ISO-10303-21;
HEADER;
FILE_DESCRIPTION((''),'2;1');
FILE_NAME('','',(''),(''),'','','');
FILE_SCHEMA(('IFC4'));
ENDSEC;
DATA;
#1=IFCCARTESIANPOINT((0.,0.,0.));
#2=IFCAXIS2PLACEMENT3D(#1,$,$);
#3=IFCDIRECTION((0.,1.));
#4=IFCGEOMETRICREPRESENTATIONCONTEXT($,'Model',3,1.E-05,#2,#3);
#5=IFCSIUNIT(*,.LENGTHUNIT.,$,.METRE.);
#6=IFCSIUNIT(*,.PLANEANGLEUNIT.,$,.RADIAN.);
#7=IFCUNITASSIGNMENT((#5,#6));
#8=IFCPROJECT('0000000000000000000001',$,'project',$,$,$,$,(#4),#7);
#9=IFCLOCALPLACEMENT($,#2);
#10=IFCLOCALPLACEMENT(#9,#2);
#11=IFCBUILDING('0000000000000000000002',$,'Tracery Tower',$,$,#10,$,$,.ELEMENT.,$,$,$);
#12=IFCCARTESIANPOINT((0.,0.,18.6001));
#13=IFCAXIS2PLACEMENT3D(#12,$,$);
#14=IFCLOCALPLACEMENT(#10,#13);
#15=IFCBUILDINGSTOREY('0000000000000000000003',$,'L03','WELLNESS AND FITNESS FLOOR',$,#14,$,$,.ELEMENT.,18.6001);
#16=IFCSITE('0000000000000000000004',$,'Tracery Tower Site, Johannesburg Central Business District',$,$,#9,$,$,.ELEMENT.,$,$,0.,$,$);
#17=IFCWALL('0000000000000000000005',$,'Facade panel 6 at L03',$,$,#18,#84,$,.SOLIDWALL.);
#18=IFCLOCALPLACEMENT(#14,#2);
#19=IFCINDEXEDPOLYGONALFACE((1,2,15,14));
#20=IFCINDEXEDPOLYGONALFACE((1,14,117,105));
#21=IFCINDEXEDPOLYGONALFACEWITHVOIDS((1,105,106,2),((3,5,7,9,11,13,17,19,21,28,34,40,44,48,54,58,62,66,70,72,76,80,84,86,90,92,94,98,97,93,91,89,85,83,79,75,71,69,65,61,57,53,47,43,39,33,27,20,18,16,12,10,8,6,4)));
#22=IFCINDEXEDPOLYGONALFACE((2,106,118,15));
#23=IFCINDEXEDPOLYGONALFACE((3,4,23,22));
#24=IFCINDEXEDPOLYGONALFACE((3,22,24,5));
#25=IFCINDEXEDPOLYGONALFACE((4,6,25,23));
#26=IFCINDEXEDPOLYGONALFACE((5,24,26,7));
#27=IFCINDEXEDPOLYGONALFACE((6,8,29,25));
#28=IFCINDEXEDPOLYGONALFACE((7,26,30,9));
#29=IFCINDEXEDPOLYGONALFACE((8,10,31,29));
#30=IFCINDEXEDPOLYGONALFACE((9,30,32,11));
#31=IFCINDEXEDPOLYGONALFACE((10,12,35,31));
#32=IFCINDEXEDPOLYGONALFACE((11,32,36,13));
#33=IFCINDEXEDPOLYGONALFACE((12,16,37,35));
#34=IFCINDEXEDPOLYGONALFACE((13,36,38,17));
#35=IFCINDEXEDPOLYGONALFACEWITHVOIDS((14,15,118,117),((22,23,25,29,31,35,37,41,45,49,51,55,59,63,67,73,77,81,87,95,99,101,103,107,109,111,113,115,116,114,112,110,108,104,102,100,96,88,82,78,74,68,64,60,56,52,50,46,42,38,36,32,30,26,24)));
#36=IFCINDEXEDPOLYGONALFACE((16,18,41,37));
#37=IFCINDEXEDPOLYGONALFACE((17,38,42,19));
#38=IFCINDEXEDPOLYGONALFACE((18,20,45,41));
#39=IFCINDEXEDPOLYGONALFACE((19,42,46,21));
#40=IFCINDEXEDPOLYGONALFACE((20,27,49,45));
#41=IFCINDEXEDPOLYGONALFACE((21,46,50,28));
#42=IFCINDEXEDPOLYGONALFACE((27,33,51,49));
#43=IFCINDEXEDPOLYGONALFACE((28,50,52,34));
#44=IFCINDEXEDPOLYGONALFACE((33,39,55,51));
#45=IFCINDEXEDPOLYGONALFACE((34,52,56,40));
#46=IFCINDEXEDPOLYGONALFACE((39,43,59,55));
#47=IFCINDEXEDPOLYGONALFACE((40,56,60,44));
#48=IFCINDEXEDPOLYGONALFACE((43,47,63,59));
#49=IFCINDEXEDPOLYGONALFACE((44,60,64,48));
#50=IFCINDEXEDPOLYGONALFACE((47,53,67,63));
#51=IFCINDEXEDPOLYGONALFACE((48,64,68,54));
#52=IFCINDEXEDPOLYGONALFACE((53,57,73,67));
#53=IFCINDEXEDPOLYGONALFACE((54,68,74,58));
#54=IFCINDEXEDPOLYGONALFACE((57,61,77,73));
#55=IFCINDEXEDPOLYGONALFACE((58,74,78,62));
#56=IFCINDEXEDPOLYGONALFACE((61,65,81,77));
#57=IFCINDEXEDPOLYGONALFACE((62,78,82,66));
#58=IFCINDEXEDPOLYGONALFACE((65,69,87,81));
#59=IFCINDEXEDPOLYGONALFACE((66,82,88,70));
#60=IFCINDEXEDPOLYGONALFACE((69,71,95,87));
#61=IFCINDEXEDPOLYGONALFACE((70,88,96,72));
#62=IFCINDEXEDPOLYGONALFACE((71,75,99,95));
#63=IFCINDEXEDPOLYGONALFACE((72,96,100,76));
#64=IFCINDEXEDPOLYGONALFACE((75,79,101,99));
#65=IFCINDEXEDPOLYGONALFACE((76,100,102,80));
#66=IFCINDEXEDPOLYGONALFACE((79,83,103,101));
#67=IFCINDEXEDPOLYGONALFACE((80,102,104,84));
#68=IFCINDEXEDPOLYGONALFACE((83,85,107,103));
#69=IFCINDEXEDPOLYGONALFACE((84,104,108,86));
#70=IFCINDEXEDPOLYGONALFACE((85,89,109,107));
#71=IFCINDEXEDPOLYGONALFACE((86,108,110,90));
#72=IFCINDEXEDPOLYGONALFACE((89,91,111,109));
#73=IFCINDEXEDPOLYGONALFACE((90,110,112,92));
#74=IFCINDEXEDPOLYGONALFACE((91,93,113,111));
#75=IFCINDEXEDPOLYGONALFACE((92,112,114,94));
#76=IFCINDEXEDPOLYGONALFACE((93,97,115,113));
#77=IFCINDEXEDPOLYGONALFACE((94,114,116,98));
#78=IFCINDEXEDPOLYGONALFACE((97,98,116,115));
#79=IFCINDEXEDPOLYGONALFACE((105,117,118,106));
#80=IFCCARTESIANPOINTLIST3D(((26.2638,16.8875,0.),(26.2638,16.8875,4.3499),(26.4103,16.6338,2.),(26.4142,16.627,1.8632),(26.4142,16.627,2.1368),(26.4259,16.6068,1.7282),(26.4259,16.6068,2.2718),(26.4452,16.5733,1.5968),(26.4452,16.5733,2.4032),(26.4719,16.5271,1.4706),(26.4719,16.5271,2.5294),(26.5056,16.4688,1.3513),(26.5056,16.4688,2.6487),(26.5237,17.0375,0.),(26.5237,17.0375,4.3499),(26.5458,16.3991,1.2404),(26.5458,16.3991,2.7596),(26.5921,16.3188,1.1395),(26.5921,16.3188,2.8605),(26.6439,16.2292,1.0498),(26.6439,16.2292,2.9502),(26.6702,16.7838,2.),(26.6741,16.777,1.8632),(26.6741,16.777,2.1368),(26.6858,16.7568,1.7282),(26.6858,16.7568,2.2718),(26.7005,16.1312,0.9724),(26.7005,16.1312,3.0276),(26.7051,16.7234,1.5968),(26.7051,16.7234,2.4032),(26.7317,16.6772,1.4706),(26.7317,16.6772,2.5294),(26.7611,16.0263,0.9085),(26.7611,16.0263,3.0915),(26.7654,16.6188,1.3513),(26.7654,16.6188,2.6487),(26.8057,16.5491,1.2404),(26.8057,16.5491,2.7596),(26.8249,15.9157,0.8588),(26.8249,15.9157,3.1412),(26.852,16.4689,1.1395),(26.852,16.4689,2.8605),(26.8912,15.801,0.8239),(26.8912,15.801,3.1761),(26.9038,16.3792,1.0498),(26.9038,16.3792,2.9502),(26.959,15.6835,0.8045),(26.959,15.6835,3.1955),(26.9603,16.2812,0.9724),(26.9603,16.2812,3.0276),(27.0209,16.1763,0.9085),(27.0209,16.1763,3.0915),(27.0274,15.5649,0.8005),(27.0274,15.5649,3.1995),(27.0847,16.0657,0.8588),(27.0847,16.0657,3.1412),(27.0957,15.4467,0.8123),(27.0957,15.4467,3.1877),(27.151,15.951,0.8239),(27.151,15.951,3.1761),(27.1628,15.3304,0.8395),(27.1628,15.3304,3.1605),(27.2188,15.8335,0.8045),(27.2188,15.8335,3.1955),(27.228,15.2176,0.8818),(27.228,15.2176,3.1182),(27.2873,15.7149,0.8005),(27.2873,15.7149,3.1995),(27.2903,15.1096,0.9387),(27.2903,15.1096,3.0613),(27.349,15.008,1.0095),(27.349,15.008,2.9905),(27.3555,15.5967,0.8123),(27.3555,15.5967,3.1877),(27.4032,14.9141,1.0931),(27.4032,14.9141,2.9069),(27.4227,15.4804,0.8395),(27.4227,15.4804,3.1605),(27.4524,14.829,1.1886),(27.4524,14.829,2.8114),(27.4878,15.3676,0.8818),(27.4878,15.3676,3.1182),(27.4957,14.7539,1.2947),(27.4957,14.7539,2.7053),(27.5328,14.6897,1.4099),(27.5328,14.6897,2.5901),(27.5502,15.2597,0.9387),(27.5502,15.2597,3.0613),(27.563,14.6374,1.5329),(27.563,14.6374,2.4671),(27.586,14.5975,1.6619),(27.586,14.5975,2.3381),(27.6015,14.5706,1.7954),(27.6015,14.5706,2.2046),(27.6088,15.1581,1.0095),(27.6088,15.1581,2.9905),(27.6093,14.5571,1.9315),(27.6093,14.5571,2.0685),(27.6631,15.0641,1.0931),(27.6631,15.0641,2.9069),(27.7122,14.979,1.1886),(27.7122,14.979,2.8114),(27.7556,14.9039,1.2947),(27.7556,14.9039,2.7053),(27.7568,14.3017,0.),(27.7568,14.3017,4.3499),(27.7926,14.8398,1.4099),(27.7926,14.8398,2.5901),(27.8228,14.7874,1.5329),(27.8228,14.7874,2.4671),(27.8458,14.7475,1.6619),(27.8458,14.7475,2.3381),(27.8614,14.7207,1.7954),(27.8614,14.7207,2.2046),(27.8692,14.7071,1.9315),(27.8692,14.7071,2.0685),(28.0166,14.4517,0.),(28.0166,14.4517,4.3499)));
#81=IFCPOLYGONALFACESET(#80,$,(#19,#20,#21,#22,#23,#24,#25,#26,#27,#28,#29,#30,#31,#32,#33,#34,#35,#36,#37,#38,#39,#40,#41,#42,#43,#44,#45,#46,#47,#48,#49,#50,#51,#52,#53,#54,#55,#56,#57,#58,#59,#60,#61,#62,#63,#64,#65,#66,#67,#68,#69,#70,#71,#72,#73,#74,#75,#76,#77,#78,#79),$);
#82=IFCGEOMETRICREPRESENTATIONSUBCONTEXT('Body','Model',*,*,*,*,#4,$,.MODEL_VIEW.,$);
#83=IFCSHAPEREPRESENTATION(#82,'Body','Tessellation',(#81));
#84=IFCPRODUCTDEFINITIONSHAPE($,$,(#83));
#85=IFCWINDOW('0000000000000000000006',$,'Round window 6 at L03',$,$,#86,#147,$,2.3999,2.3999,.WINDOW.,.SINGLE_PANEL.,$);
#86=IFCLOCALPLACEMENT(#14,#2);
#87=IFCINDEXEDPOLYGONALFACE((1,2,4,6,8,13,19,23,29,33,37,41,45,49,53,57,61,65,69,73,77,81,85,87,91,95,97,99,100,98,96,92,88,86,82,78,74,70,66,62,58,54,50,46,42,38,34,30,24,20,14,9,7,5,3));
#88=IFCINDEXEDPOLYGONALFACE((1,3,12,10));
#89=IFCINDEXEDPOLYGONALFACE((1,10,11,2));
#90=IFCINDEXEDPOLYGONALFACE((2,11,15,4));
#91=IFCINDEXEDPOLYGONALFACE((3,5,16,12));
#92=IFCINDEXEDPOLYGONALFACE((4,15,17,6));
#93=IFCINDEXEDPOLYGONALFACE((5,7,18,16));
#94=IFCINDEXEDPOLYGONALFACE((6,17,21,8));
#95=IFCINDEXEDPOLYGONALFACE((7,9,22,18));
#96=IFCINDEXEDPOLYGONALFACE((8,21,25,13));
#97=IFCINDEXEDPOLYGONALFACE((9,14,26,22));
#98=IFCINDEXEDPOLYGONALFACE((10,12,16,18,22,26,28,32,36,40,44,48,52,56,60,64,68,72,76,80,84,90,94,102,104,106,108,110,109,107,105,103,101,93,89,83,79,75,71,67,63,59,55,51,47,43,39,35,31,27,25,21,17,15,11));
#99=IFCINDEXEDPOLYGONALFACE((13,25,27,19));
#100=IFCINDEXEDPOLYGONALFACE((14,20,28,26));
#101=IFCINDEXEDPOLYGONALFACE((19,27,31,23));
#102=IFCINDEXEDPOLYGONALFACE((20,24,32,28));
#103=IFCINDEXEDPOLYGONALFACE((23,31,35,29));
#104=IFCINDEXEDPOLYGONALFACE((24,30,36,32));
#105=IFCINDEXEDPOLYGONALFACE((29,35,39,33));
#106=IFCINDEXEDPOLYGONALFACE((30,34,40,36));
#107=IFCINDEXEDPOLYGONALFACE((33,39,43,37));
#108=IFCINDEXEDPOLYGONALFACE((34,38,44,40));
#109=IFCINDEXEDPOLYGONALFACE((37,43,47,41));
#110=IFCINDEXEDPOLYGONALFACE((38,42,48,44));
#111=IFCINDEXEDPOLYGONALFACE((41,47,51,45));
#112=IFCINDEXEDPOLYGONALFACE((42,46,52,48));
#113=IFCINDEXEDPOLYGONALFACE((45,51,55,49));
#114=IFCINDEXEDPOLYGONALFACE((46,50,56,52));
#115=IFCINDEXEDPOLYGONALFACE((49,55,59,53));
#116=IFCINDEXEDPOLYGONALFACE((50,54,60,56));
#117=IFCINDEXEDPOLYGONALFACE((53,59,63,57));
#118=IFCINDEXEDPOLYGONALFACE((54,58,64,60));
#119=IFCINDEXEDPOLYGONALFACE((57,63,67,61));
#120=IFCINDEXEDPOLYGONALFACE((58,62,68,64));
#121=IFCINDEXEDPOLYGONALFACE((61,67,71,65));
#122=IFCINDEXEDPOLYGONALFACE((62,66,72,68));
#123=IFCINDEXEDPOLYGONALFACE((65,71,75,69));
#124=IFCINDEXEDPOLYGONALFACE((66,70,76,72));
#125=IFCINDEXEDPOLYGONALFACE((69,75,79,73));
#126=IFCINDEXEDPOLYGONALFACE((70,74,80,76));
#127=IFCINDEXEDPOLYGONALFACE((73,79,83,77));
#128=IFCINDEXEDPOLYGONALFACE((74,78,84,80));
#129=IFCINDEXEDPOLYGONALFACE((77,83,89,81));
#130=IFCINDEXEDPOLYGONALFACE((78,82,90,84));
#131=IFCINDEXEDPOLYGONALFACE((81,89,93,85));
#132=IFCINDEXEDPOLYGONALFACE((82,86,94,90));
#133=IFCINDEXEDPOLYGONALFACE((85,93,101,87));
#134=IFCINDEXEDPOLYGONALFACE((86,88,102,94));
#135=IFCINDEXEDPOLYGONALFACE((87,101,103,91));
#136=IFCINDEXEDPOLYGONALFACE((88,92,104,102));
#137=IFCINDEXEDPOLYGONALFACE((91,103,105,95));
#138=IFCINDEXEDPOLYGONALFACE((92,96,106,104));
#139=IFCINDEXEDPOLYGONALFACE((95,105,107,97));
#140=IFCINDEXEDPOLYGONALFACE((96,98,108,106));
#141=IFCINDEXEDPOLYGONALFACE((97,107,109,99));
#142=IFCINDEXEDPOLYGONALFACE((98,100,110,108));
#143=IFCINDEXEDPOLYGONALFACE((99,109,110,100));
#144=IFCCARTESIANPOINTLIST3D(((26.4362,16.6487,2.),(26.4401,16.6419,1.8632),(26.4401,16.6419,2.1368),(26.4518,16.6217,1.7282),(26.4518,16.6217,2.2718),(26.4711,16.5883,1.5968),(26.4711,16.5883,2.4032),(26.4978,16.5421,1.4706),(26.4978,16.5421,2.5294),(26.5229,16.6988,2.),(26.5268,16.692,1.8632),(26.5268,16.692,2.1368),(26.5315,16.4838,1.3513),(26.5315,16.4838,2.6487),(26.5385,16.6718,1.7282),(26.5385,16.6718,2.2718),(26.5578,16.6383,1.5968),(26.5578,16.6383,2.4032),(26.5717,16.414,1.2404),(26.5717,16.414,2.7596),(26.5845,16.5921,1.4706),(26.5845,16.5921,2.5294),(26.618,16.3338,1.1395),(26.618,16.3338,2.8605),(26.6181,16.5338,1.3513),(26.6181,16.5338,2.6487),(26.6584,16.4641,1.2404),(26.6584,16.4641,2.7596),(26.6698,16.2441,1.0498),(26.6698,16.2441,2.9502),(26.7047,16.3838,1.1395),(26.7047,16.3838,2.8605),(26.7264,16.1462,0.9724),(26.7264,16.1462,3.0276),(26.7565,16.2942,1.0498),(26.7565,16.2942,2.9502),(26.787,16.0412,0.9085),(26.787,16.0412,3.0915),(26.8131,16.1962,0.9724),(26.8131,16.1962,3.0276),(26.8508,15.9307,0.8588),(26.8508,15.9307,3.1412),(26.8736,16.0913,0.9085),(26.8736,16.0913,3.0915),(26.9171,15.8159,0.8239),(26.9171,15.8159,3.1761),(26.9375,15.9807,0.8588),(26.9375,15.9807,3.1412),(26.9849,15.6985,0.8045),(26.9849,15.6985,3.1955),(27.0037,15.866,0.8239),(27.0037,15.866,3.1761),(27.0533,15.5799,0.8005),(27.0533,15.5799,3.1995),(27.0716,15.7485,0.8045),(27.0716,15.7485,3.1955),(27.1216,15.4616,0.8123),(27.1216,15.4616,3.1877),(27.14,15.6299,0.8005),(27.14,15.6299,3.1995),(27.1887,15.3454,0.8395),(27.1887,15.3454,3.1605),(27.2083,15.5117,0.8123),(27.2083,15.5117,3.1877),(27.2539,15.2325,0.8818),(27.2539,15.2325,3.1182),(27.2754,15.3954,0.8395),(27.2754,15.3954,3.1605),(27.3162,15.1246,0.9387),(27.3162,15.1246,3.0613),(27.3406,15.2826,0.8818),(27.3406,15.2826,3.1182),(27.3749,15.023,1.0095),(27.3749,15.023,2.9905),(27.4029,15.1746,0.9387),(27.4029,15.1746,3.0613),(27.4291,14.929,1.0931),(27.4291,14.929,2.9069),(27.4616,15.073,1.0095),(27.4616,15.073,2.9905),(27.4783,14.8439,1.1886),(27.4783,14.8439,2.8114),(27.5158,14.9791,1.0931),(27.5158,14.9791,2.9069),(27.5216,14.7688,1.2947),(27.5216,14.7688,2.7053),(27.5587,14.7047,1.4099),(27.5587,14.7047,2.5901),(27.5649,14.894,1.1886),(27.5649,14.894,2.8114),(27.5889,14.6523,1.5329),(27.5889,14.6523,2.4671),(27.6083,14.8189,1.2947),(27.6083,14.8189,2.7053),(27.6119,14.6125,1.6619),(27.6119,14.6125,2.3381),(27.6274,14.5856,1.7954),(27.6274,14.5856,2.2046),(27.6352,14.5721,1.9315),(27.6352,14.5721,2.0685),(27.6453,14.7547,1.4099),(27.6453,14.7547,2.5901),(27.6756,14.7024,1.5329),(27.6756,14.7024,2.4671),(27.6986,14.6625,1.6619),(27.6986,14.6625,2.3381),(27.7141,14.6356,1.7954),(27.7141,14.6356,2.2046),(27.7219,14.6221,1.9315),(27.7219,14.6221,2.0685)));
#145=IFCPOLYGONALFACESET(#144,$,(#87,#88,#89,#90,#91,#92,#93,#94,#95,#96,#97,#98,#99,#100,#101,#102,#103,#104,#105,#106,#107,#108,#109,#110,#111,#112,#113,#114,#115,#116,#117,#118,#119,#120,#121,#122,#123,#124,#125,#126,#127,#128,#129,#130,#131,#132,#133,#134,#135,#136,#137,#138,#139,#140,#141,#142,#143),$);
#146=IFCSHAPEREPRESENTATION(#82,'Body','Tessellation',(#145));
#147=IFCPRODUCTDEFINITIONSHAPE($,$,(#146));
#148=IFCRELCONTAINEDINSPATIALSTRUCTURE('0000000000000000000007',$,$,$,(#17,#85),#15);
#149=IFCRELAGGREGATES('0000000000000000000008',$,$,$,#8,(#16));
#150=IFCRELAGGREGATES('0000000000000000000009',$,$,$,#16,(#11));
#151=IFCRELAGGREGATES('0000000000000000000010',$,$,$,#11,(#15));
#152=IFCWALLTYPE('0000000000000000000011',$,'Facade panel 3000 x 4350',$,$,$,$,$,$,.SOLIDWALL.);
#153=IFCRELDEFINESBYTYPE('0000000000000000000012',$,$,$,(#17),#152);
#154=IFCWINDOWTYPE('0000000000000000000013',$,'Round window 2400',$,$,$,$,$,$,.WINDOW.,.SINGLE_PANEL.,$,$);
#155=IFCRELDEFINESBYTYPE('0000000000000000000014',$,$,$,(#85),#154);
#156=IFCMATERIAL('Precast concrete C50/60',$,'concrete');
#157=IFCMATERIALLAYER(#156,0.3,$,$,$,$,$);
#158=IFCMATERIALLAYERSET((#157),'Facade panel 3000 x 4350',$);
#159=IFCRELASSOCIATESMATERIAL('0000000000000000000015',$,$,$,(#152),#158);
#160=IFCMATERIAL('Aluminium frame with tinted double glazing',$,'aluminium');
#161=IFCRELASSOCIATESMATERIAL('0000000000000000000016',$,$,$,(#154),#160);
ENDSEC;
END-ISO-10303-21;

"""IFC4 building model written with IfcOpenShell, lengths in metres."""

from ifc_helpers import new_model, si_unit, direction, frame, frame_2d, origin, origin_2d, place, context, subcontext, project, spatial, rectangle, circle, extrude, material, layer, layer_set, type_object, element, fill, save


model = new_model("IFC4")

# Units and contexts
model_context = context("Model", 3, precision=1e-05, world=origin(), true_north=direction((0.0, 1.0)))
body_context = subcontext(model_context, "Body", "Model", "MODEL_VIEW")
ifc_project = project(units=[si_unit("LENGTHUNIT", "METRE"), si_unit("PLANEANGLEUNIT", "RADIAN")], contexts=[model_context])

# Site, building, storey
site_placement = place(None, origin())
site = spatial("IfcSite", under=ifc_project, at=site_placement, Name="Tracery Tower Site, Johannesburg Central Business District", CompositionType="ELEMENT", RefElevation=0.0)
building_placement = place(site_placement, origin())
building = spatial("IfcBuilding", under=site, at=building_placement, Name="Tracery Tower", CompositionType="ELEMENT")
storey_placement = place(building_placement, frame((0.0, 0.0, 18.6001)))
storey = spatial("IfcBuildingStorey", under=building, at=storey_placement, Name="L03", Description="WELLNESS AND FITNESS FLOOR", CompositionType="ELEMENT", Elevation=18.6001)

# Wall, opening, window
ifc_material_1 = material(Name="Precast concrete C50/60", Category="concrete")
ifc_layer_1 = layer(ifc_material_1, 0.3)
ifc_layer_set_1 = layer_set([ifc_layer_1], Name="Facade panel 3000 x 4350")
wall_type_1 = type_object("IfcWallType", Name="Facade panel 3000 x 4350", PredefinedType="SOLIDWALL", material=ifc_layer_set_1)
ifc_material_2 = material(Name="Aluminium frame with tinted double glazing", Category="aluminium")
window_type = type_object("IfcWindowType", Name="Round window 2400", PartitioningType="SINGLE_PANEL", PredefinedType="WINDOW", material=ifc_material_2)
wall_1_placement = place(storey_placement, frame((27.8867, 14.3767, 0.0), z_axis=(0.0, 0.0, 1.0), x_axis=(-0.500017, 0.866015, 0.0)))
wall_1 = element("IfcWall", 1, at=wall_1_placement, inside=storey, type_object=wall_type_1, Name="Facade panel 6 at L03", PredefinedType="SOLIDWALL", context=body_context, shape_type="SweptSolid", body=[
    extrude(rectangle(XDim=2.9858, YDim=0.3, at=frame_2d((1.4929, 0.0))), origin(), (0.0, 0.0, 1.0), 4.3499),
])
opening_1_placement = place(wall_1_placement, frame((1.4929, 0.0, 2.0)))
opening_1 = element("IfcOpeningElement", 2, at=opening_1_placement, cuts=wall_1, PredefinedType="OPENING", context=body_context, shape_type="SweptSolid", body=[
    extrude(circle(Radius=1.2, at=origin_2d()), frame((0.0, 0.1599, 0.0), z_axis=(0.0, -1.0, 0.0), x_axis=(1.0, 0.0, 0.0)), (0.0, 0.0, 1.0), 0.3201),
])
window_1_placement = place(opening_1_placement, origin())
window_1 = element("IfcWindow", 3, at=window_1_placement, inside=storey, type_object=window_type, Name="Round window 6 at L03", OverallHeight=2.3999, OverallWidth=2.3999, PartitioningType="SINGLE_PANEL", PredefinedType="WINDOW", context=body_context, shape_type="SweptSolid", body=[
    extrude(circle(Radius=1.2, at=origin_2d()), frame((0.0, 0.1201, 0.0), z_axis=(0.0, -1.0, 0.0), x_axis=(1.0, 0.0, 0.0)), (0.0, 0.0, 1.0), 0.1001),
])
fill(opening_1, window_1)

save(model, "model.ifc")
